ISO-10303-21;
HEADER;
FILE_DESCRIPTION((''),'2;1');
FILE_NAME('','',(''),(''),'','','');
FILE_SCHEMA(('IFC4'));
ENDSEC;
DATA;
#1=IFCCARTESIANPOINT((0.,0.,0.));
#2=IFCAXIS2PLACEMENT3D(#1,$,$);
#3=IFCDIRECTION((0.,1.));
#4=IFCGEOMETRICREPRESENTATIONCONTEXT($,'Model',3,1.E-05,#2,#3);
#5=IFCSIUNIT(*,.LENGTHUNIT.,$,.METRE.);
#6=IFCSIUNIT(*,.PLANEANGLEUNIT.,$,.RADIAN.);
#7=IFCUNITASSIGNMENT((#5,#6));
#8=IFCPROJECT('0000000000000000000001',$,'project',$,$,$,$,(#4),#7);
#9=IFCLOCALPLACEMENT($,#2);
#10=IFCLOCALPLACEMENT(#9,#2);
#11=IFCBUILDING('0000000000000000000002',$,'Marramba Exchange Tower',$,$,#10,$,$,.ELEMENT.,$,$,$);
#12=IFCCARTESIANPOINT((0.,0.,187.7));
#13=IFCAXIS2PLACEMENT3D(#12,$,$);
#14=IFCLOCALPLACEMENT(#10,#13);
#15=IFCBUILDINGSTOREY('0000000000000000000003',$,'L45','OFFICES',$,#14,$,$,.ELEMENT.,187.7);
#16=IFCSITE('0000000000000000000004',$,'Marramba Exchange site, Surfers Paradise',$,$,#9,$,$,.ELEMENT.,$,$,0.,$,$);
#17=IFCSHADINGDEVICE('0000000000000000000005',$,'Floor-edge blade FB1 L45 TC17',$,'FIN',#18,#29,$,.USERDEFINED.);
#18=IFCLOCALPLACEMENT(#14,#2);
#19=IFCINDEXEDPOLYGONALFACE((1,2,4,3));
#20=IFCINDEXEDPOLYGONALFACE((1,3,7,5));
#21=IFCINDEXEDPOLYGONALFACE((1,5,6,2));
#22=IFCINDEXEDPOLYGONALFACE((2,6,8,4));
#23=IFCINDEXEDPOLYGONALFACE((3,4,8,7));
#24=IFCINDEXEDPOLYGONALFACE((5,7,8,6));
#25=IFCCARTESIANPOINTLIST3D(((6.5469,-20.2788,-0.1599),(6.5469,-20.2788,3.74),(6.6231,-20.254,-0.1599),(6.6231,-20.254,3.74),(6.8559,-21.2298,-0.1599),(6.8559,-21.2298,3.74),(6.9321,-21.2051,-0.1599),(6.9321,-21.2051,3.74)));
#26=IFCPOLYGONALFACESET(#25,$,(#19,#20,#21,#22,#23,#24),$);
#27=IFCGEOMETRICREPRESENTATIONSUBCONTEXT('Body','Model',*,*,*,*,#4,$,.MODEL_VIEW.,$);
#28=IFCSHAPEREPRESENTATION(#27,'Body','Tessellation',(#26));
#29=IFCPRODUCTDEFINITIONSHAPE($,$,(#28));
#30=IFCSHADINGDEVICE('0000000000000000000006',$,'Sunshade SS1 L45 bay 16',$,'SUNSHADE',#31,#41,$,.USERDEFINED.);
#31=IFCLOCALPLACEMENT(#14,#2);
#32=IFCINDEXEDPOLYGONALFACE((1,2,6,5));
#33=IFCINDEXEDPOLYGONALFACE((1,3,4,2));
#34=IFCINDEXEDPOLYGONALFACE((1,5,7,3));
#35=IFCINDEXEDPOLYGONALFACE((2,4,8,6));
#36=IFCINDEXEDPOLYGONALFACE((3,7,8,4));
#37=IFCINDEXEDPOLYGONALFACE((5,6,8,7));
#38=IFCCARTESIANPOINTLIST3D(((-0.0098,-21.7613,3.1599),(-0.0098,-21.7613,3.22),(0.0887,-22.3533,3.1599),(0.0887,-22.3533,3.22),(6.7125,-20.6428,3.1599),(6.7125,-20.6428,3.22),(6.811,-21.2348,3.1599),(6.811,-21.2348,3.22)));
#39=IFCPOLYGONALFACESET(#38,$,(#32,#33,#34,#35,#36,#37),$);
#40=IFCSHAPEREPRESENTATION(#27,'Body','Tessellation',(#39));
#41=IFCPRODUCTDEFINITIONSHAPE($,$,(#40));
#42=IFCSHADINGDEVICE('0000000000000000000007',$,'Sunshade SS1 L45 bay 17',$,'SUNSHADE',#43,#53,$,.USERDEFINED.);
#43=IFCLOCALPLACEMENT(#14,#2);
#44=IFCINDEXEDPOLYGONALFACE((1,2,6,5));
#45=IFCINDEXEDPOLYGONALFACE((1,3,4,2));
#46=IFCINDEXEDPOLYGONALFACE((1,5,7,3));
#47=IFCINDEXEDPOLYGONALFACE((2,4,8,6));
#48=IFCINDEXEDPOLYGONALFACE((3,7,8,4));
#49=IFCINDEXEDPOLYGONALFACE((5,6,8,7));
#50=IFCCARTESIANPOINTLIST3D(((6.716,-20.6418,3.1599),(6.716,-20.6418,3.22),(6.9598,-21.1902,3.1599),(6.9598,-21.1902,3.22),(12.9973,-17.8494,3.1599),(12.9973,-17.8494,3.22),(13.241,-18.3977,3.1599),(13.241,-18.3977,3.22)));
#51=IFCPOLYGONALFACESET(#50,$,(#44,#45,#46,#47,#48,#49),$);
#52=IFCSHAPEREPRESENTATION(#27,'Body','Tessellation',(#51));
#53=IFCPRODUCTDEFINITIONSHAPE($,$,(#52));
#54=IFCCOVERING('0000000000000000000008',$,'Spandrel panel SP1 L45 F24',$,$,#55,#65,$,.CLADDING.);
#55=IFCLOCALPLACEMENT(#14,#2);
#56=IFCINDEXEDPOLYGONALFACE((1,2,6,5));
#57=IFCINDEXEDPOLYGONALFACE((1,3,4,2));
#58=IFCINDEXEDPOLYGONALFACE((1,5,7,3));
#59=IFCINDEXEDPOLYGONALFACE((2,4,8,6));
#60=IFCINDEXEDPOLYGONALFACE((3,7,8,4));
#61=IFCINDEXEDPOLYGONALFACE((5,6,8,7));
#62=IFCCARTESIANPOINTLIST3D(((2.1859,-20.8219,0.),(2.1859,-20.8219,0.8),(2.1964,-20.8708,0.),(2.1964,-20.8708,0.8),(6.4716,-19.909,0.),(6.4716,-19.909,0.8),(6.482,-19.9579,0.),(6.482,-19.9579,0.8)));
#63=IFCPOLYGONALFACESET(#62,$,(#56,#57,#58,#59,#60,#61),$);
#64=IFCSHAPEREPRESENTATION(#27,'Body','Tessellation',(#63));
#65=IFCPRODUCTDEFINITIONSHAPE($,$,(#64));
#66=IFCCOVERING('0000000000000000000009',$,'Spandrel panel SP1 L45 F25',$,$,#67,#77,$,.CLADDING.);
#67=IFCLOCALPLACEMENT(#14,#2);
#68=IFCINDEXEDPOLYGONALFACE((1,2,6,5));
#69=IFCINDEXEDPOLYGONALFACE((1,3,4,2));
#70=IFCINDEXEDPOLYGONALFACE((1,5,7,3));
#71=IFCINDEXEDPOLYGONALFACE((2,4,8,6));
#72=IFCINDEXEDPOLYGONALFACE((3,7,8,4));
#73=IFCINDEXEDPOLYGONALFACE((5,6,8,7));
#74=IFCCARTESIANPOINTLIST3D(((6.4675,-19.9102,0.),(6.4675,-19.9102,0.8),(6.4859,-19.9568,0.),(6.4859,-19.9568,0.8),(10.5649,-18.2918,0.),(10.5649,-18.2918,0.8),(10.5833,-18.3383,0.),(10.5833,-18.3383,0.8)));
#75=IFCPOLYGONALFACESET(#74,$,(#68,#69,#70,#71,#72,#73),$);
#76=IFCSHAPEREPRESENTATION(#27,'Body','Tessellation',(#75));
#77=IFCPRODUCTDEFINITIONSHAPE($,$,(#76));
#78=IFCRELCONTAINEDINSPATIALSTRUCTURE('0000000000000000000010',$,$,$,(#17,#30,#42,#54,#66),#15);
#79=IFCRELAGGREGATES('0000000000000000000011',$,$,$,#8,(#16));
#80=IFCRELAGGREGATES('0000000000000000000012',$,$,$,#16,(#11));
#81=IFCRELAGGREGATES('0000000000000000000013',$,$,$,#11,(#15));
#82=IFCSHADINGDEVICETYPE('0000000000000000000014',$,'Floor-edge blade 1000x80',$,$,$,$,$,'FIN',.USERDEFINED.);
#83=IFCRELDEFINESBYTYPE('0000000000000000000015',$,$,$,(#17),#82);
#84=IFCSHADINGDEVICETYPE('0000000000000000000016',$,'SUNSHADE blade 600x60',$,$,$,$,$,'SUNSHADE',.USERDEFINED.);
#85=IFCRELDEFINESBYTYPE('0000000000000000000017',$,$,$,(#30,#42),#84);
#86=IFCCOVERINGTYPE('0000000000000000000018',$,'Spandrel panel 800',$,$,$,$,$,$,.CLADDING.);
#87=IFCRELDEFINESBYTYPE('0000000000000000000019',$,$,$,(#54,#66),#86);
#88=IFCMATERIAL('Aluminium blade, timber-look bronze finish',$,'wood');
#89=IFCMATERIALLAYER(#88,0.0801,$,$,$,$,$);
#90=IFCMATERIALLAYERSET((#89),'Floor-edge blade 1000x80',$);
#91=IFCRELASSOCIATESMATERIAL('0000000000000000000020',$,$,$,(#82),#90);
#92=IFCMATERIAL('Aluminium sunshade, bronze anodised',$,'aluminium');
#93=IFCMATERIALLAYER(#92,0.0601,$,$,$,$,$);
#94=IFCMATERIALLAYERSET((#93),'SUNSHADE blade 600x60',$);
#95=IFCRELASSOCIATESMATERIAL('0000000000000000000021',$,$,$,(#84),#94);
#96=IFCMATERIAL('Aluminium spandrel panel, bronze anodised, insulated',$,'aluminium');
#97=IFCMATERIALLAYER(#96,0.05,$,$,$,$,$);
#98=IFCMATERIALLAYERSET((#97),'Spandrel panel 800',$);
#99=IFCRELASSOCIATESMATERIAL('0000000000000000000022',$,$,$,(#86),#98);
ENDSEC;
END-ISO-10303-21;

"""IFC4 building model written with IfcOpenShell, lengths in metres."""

from ifc_helpers import new_model, si_unit, direction, frame, origin, origin_2d, place, context, subcontext, project, spatial, rectangle, extrude, material, layer, layer_set, type_object, element, save


model = new_model("IFC4")

# Units and contexts
model_context = context("Model", 3, precision=1e-05, world=origin(), true_north=direction((0.0, 1.0)))
body_context = subcontext(model_context, "Body", "Model", "MODEL_VIEW")
ifc_project = project(units=[si_unit("LENGTHUNIT", "METRE"), si_unit("PLANEANGLEUNIT", "RADIAN")], contexts=[model_context])

# Site, building, storey
site_placement = place(None, origin())
site = spatial("IfcSite", under=ifc_project, at=site_placement, Name="Marramba Exchange site, Surfers Paradise", CompositionType="ELEMENT", RefElevation=0.0)
building_placement = place(site_placement, origin())
building = spatial("IfcBuilding", under=site, at=building_placement, Name="Marramba Exchange Tower", CompositionType="ELEMENT")
storey_placement = place(building_placement, frame((0.0, 0.0, 187.7)))
storey = spatial("IfcBuildingStorey", under=building, at=storey_placement, Name="L45", Description="OFFICES", CompositionType="ELEMENT", Elevation=187.7)

# Shading devices
ifc_material_1 = material(Name="Aluminium blade, timber-look bronze finish", Category="wood")
ifc_layer_1 = layer(ifc_material_1, 0.0801)
ifc_layer_set_1 = layer_set([ifc_layer_1], Name="Floor-edge blade 1000x80")
shading_device_type_1 = type_object("IfcShadingDeviceType", Name="Floor-edge blade 1000x80", ElementType="FIN", PredefinedType="USERDEFINED", material=ifc_layer_set_1)
for number, where, z_axis, x_axis, name in (
    (1, (6.7395, -20.7419, -0.1599), (0.0, 0.0, 1.0), (0.309017, -0.951057, 0.0), "Floor-edge blade FB1 L45 TC17"),
):
    element("IfcShadingDevice", number, at=place(storey_placement, frame(where, z_axis=z_axis, x_axis=x_axis)), inside=storey, type_object=shading_device_type_1, Name=name, ObjectType="FIN", PredefinedType="USERDEFINED", context=body_context, shape_type="SweptSolid", body=[
        extrude(rectangle(XDim=1.0, YDim=0.0801, at=origin_2d()), origin(), (0.0, 0.0, 1.0), 3.8999),
    ])
ifc_material_2 = material(Name="Aluminium sunshade, bronze anodised", Category="aluminium")
ifc_layer_2 = layer(ifc_material_2, 0.0601)
ifc_layer_set_2 = layer_set([ifc_layer_2], Name="SUNSHADE blade 600x60")
shading_device_type_2 = type_object("IfcShadingDeviceType", Name="SUNSHADE blade 600x60", ElementType="SUNSHADE", PredefinedType="USERDEFINED", material=ifc_layer_set_2)
shading_device_1_placement = place(storey_placement, frame((3.4006, -21.498, 3.1599), z_axis=(0.0, 0.0, 1.0), x_axis=(0.98644, 0.164125, 0.0)))
element("IfcShadingDevice", 2, at=shading_device_1_placement, inside=storey, type_object=shading_device_type_2, Name="Sunshade SS1 L45 bay 16", ObjectType="SUNSHADE", PredefinedType="USERDEFINED", context=body_context, shape_type="SweptSolid", body=[
    extrude(rectangle(XDim=6.8147, YDim=0.6001, at=origin_2d()), origin(), (0.0, 0.0, 1.0), 0.0601),
])
shading_device_2_placement = place(storey_placement, frame((9.9785, -19.5198, 3.1599), z_axis=(0.0, 0.0, 1.0), x_axis=(0.913772, 0.406228, 0.0)))
element("IfcShadingDevice", 3, at=shading_device_2_placement, inside=storey, type_object=shading_device_type_2, Name="Sunshade SS1 L45 bay 17", ObjectType="SUNSHADE", PredefinedType="USERDEFINED", context=body_context, shape_type="SweptSolid", body=[
    extrude(rectangle(XDim=6.874, YDim=0.6001, at=origin_2d()), origin(), (0.0, 0.0, 1.0), 0.0601),
])

# Coverings
ifc_material_3 = material(Name="Aluminium spandrel panel, bronze anodised, insulated", Category="aluminium")
ifc_layer_3 = layer(ifc_material_3, 0.05)
ifc_layer_set_3 = layer_set([ifc_layer_3], Name="Spandrel panel 800")
covering_type = type_object("IfcCoveringType", Name="Spandrel panel 800", PredefinedType="CLADDING", material=ifc_layer_set_3)
covering_1_placement = place(storey_placement, frame((4.334, -20.3899, 0.0), z_axis=(0.0, 0.0, 1.0), x_axis=(0.978058, 0.208332, 0.0)))
element("IfcCovering", 4, at=covering_1_placement, inside=storey, type_object=covering_type, Name="Spandrel panel SP1 L45 F24", PredefinedType="CLADDING", context=body_context, shape_type="SweptSolid", body=[
    extrude(rectangle(XDim=4.3818, YDim=0.05, at=origin_2d()), origin(), (0.0, 0.0, 1.0), 0.8),
])
covering_2_placement = place(storey_placement, frame((8.5254, -19.1243, 0.0), z_axis=(0.0, 0.0, 1.0), x_axis=(0.930073, 0.367375, 0.0)))
element("IfcCovering", 5, at=covering_2_placement, inside=storey, type_object=covering_type, Name="Spandrel panel SP1 L45 F25", PredefinedType="CLADDING", context=body_context, shape_type="SweptSolid", body=[
    extrude(rectangle(XDim=4.4055, YDim=0.05, at=origin_2d()), origin(), (0.0, 0.0, 1.0), 0.8),
])

save(model, "model.ifc")
